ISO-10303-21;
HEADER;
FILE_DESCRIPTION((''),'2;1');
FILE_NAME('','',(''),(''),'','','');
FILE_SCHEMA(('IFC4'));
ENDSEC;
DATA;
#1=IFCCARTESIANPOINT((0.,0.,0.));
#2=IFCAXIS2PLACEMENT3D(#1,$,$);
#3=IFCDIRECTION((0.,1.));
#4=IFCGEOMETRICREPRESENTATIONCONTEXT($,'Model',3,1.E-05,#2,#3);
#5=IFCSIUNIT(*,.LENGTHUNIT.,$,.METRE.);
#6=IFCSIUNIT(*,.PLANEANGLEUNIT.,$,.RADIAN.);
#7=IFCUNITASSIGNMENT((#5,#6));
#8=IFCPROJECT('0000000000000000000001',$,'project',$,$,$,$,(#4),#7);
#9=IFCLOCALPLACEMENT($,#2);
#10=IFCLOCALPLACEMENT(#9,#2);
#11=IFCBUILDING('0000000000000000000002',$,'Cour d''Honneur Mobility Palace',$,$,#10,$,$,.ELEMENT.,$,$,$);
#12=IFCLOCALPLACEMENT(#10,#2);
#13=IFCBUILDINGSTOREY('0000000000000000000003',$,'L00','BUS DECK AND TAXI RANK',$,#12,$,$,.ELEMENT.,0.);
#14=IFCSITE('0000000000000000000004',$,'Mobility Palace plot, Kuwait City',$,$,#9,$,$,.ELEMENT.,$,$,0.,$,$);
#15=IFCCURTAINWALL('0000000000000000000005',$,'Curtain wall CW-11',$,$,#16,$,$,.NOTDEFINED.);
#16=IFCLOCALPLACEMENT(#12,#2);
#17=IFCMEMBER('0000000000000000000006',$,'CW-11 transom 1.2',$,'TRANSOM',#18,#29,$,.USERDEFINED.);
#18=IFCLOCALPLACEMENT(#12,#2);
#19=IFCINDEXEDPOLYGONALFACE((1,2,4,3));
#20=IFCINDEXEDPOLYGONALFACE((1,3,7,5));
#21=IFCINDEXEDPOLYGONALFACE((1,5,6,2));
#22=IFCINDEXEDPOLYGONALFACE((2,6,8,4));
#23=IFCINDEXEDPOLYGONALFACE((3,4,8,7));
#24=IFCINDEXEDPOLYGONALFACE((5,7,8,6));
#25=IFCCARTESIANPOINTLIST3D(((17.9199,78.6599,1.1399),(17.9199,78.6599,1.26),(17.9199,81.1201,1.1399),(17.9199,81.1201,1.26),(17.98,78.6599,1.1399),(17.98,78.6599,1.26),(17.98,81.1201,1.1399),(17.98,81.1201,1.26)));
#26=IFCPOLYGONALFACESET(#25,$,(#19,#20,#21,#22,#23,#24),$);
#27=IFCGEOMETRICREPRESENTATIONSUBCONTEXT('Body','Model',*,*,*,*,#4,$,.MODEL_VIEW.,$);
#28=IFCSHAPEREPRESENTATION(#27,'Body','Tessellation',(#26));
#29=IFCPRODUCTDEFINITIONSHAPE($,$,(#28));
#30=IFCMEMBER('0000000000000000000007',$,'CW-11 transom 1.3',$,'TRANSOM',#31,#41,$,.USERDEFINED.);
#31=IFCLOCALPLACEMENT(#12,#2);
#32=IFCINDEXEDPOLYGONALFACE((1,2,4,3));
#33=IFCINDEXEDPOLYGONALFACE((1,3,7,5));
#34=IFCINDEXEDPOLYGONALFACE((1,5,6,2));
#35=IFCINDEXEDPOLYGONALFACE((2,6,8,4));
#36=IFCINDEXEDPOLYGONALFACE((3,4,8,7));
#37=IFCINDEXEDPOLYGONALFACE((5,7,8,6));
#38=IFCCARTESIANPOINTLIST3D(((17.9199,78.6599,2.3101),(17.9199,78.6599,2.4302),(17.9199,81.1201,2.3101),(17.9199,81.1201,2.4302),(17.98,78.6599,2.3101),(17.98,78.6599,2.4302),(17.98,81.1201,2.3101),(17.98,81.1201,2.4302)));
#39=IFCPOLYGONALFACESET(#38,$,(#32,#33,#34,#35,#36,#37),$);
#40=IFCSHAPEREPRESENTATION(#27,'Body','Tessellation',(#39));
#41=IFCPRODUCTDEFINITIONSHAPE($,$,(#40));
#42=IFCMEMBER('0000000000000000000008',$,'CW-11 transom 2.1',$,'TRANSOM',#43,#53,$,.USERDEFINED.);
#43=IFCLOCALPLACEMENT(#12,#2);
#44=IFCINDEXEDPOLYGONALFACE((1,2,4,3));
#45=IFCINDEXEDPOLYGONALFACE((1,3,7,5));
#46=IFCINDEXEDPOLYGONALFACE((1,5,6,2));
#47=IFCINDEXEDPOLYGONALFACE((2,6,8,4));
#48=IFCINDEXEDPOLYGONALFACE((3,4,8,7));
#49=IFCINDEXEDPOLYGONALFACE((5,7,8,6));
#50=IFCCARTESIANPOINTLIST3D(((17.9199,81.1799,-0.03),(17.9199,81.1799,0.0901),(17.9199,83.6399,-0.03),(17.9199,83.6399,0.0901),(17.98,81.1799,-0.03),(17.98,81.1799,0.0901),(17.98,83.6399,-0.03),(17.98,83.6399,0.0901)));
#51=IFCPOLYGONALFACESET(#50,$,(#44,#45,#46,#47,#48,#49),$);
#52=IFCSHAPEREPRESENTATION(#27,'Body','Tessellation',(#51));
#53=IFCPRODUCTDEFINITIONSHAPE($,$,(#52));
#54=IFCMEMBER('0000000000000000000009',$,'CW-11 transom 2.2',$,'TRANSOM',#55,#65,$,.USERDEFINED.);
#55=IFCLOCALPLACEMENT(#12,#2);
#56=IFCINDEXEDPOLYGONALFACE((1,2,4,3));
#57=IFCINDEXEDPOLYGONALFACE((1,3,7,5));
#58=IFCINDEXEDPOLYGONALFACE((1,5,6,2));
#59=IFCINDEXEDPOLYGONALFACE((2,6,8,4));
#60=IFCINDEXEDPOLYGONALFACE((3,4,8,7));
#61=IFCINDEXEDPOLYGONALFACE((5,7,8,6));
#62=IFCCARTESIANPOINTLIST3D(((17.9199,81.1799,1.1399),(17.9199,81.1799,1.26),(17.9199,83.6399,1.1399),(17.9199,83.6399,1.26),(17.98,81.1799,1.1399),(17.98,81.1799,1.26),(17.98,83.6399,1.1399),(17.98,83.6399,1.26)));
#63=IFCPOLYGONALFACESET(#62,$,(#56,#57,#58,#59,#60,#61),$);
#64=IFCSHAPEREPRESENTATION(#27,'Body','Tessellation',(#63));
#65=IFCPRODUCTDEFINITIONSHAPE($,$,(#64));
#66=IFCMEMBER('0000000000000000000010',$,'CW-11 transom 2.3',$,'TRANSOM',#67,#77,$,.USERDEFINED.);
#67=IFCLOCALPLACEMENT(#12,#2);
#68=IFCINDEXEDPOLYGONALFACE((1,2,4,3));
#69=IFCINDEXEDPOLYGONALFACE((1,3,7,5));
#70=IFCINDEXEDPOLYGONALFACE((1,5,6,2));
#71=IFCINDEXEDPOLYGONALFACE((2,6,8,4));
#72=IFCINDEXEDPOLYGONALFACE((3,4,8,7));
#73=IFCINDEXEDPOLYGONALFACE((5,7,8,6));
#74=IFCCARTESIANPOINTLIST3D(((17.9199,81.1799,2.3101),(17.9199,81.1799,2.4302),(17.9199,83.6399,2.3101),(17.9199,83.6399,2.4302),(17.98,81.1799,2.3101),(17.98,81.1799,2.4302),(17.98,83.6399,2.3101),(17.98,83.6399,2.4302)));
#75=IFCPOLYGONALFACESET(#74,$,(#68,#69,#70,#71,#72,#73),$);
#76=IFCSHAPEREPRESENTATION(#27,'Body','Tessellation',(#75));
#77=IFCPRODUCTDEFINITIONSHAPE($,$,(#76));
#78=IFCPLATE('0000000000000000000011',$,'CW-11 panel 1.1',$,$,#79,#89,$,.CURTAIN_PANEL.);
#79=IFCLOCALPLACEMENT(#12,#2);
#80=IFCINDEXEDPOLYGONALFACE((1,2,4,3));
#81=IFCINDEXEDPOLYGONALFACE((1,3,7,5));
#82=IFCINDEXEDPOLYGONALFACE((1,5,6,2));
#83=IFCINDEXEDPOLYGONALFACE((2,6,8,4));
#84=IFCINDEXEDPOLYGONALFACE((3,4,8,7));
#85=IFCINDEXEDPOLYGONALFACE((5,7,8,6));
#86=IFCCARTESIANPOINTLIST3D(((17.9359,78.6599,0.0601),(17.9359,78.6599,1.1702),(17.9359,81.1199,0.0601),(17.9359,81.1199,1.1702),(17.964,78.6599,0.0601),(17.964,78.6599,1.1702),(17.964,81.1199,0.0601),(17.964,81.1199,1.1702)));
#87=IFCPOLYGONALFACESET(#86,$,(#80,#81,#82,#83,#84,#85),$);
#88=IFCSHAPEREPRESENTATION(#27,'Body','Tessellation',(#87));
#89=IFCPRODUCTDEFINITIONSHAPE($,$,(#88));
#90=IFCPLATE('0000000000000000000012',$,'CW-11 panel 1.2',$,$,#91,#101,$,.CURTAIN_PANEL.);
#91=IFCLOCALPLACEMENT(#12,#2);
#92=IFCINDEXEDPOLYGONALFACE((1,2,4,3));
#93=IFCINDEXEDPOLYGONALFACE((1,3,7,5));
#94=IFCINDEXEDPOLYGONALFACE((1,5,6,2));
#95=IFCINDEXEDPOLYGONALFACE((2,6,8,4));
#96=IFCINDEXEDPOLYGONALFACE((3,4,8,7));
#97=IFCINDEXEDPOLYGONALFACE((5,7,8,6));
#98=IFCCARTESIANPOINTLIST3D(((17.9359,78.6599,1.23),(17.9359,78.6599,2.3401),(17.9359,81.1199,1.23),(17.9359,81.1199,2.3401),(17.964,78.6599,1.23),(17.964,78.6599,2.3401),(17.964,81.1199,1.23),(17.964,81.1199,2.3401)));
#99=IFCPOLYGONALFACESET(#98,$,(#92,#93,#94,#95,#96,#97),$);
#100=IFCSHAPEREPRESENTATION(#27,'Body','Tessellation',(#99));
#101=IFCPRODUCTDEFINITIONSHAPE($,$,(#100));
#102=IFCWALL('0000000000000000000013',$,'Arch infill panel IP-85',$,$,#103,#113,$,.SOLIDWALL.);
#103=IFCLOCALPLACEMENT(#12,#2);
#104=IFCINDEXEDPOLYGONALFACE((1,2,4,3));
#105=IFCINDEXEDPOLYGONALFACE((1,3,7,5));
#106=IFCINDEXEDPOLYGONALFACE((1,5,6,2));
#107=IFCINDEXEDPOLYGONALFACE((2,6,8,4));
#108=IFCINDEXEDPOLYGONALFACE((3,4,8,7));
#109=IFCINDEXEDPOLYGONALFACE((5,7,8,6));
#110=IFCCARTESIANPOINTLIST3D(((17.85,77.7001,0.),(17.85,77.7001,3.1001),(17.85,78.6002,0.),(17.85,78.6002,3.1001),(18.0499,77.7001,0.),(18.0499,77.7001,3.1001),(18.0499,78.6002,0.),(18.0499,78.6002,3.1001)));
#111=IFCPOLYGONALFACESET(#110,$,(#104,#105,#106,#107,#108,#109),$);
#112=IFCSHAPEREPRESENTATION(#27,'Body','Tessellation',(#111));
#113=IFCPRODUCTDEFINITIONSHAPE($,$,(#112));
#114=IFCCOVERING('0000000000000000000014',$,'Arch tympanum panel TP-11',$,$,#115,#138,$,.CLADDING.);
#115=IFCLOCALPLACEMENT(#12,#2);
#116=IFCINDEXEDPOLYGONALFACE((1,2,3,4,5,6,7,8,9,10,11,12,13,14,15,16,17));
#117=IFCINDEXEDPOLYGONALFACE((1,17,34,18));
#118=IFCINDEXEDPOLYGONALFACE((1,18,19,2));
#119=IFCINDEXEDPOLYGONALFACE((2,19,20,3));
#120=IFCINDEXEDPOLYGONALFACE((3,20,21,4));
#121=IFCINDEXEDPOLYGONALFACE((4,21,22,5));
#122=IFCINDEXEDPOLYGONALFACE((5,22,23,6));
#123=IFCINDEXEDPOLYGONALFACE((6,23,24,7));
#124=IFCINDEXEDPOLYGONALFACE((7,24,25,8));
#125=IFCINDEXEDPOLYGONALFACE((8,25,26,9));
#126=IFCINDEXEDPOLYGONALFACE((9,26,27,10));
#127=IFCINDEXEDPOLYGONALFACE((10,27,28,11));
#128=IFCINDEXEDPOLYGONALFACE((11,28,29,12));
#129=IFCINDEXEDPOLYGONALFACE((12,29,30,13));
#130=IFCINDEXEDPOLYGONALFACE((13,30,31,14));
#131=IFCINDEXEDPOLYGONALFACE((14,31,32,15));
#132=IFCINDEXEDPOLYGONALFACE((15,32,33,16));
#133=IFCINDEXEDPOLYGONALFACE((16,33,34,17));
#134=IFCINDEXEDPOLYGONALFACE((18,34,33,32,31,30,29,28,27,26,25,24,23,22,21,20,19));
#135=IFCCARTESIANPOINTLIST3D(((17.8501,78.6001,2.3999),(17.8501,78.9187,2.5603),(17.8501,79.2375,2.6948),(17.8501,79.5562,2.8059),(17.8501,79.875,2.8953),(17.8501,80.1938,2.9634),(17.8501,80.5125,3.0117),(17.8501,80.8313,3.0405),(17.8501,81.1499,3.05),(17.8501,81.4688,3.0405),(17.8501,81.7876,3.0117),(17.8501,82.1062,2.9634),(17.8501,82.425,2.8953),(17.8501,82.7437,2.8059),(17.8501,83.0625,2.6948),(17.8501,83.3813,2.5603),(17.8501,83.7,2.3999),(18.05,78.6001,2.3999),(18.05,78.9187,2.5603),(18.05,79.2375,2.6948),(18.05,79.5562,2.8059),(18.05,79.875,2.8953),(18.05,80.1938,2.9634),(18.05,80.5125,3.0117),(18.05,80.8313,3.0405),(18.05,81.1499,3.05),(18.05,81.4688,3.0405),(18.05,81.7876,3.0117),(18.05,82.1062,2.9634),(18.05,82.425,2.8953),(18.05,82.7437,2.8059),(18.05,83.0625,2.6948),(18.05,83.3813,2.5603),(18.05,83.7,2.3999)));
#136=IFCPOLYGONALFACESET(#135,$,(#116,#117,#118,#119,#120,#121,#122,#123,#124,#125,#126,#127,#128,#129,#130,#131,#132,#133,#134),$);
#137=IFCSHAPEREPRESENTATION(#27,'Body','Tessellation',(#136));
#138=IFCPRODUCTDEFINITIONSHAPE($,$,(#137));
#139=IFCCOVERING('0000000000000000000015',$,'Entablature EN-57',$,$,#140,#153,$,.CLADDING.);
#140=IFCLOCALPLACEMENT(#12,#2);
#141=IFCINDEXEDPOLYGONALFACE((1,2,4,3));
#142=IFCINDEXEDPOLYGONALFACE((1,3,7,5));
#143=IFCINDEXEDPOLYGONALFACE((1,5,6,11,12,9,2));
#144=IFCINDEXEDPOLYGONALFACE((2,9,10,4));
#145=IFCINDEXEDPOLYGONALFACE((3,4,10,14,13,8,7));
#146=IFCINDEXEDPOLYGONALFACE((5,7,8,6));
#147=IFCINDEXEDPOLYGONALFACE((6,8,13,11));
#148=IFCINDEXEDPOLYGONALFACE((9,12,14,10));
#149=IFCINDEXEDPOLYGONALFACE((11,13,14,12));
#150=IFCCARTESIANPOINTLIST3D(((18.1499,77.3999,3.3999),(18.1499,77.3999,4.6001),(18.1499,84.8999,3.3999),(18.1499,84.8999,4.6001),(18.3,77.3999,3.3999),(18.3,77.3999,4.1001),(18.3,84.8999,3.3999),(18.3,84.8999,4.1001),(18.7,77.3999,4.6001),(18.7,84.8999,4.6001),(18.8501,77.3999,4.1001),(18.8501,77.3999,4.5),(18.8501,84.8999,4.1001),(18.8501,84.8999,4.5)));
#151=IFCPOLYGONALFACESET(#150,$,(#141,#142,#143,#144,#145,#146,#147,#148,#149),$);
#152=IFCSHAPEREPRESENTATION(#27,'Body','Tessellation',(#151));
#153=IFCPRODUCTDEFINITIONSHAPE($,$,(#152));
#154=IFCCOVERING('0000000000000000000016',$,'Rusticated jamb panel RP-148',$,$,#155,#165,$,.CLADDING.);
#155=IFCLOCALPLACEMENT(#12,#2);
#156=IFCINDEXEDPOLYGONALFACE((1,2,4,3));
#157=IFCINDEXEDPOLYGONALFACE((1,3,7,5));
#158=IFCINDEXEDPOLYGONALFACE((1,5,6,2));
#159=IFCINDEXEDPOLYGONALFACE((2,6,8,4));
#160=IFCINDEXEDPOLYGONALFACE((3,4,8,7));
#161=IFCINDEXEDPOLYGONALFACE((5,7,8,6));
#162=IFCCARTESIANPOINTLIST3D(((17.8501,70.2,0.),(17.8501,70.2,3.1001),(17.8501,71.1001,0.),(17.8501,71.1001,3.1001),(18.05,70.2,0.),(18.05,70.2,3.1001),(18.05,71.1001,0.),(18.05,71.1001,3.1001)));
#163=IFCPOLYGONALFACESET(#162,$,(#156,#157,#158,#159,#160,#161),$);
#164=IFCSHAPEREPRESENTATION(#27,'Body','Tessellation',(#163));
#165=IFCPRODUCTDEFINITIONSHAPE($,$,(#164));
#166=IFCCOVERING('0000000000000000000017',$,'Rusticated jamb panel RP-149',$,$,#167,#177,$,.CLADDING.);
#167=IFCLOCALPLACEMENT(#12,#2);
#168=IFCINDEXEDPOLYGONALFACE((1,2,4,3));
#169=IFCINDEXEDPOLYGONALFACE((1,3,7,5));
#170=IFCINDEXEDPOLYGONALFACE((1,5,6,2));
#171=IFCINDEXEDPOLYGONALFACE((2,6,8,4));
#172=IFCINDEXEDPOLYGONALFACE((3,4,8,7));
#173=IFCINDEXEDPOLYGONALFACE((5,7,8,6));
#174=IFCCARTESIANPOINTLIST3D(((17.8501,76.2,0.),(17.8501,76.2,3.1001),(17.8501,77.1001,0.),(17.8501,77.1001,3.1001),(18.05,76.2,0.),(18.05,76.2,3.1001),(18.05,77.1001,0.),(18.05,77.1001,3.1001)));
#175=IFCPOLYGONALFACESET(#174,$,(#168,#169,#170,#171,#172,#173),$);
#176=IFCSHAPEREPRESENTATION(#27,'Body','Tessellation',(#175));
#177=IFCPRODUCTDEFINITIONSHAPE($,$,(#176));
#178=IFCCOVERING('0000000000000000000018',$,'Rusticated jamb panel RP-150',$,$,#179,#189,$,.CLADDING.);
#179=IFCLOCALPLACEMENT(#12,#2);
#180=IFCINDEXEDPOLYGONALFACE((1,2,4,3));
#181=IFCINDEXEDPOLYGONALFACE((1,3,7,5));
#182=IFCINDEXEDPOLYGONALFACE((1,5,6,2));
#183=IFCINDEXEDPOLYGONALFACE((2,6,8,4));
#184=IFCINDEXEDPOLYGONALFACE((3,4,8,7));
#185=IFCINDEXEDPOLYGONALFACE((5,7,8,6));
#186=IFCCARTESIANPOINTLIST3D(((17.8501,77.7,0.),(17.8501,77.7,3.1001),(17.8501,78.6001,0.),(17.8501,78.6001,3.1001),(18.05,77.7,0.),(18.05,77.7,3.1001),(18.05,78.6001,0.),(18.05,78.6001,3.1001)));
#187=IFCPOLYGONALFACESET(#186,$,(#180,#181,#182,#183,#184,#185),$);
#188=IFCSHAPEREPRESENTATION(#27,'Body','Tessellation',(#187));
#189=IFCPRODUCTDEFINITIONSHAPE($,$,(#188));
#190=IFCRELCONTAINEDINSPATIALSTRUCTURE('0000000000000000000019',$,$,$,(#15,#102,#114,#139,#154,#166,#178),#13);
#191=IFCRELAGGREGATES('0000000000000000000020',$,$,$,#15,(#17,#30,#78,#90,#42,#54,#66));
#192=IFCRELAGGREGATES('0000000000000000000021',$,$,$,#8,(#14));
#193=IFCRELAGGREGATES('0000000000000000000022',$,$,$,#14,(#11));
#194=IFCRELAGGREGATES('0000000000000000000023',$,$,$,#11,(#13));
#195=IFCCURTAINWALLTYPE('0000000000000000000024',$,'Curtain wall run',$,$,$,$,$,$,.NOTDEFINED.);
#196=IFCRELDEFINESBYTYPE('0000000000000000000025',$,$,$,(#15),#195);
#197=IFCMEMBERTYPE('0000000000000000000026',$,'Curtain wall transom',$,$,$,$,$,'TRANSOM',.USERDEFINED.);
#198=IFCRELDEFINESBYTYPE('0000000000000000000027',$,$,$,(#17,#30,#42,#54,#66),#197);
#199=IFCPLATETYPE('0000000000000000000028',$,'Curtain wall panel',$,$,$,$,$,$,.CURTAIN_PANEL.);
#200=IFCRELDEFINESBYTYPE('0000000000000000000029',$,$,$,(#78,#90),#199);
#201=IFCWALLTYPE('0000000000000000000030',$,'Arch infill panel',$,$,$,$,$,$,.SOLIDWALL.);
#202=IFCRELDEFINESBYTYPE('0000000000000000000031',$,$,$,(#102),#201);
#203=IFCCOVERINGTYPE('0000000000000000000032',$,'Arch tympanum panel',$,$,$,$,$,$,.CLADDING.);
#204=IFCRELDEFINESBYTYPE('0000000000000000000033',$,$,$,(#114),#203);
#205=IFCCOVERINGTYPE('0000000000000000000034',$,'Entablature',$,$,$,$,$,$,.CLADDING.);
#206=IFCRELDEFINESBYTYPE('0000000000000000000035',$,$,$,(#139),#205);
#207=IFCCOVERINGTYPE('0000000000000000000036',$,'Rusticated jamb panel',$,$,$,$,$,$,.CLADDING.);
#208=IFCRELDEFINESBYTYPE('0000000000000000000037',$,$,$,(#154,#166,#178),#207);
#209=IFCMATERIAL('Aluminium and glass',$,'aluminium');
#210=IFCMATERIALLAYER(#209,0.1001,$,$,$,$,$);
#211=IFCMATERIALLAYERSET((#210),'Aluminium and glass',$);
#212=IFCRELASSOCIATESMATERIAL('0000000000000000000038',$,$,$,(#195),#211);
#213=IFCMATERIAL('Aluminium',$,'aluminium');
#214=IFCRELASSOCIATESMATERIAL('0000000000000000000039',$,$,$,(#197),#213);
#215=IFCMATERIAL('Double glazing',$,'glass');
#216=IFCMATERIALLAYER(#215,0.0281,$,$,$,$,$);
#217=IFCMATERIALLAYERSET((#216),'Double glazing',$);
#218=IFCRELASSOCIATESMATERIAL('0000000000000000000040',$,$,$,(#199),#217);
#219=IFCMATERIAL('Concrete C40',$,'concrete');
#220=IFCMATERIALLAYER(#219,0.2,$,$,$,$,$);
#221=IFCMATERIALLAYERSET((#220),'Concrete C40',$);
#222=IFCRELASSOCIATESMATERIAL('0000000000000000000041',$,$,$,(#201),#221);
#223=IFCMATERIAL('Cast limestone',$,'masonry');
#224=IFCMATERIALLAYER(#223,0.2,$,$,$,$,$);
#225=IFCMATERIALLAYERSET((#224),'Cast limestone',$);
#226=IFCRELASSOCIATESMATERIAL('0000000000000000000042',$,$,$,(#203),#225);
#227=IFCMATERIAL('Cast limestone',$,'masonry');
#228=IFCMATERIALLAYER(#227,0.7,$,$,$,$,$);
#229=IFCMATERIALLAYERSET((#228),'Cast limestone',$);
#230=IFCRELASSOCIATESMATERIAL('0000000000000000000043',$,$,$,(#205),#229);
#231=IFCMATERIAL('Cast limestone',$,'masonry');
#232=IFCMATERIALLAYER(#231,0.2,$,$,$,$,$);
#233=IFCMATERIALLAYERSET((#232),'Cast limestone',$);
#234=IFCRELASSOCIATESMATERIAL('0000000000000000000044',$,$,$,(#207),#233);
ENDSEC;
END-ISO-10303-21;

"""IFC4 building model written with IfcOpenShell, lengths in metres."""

from ifc_helpers import new_model, si_unit, direction, frame, frame_2d, origin, origin_2d, place, context, subcontext, project, spatial, polyline, rectangle, outline, extrude, material, layer, layer_set, material_profile, profile_set, type_object, element, aggregate, save


model = new_model("IFC4")

# Units and contexts
model_context = context("Model", 3, precision=1e-05, world=origin(), true_north=direction((0.0, 1.0)))
body_context = subcontext(model_context, "Body", "Model", "MODEL_VIEW")
ifc_project = project(units=[si_unit("LENGTHUNIT", "METRE"), si_unit("PLANEANGLEUNIT", "RADIAN")], contexts=[model_context])

# Site, building, storey
site_placement = place(None, origin())
site = spatial("IfcSite", under=ifc_project, at=site_placement, Name="Mobility Palace plot, Kuwait City", CompositionType="ELEMENT", RefElevation=0.0)
building_placement = place(site_placement, origin())
building = spatial("IfcBuilding", under=site, at=building_placement, Name="Cour d'Honneur Mobility Palace", CompositionType="ELEMENT")
storey_placement = place(building_placement, origin())
storey = spatial("IfcBuildingStorey", under=building, at=storey_placement, Name="L00", Description="BUS DECK AND TAXI RANK", CompositionType="ELEMENT", Elevation=0.0)

# Curtain wall, members, plates
ifc_material_1 = material(Name="Aluminium and glass", Category="aluminium")
ifc_layer_1 = layer(ifc_material_1, 0.1001)
ifc_layer_set_1 = layer_set([ifc_layer_1], Name="Aluminium and glass")
curtain_wall_type = type_object("IfcCurtainWallType", Name="Curtain wall run", PredefinedType="NOTDEFINED", material=ifc_layer_set_1)
curtain_wall_placement = place(storey_placement, origin())
curtain_wall = element("IfcCurtainWall", 1, at=curtain_wall_placement, inside=storey, type_object=curtain_wall_type, Name="Curtain wall CW-11", PredefinedType="NOTDEFINED")
ifc_material_2 = material(Name="Aluminium", Category="aluminium")
ifc_material_profile_1 = material_profile(ifc_material_2, rectangle(XDim=0.0601, YDim=0.1201, at=origin_2d()), Name="Curtain wall transom")
ifc_profile_set_1 = profile_set([ifc_material_profile_1], Name="Aluminium")
member_type_1 = type_object("IfcMemberType", Name="Curtain wall transom", ElementType="TRANSOM", PredefinedType="USERDEFINED", material=ifc_profile_set_1)
member_1_placement = place(storey_placement, frame((17.95, 78.6599, 1.2), z_axis=(0.0, 1.0, 0.0), x_axis=(-1.0, 0.0, 0.0)))
member_1 = element("IfcMember", 2, at=member_1_placement, type_object=member_type_1, Name="CW-11 transom 1.2", ObjectType="TRANSOM", PredefinedType="USERDEFINED", context=body_context, shape_type="SweptSolid", body=[
    extrude(rectangle(XDim=0.0601, YDim=0.1201, at=origin_2d()), origin(), (0.0, 0.0, 1.0), 2.4602),
])
member_2_placement = place(storey_placement, frame((17.95, 78.6599, 2.3701), z_axis=(0.0, 1.0, 0.0), x_axis=(-1.0, 0.0, 0.0)))
member_2 = element("IfcMember", 3, at=member_2_placement, type_object=member_type_1, Name="CW-11 transom 1.3", ObjectType="TRANSOM", PredefinedType="USERDEFINED", context=body_context, shape_type="SweptSolid", body=[
    extrude(rectangle(XDim=0.0601, YDim=0.1201, at=origin_2d()), origin(), (0.0, 0.0, 1.0), 2.4602),
])
member_3_placement = place(storey_placement, frame((17.95, 81.1799, 0.03), z_axis=(0.0, 1.0, 0.0), x_axis=(-1.0, 0.0, 0.0)))
member_3 = element("IfcMember", 4, at=member_3_placement, type_object=member_type_1, Name="CW-11 transom 2.1", ObjectType="TRANSOM", PredefinedType="USERDEFINED", context=body_context, shape_type="SweptSolid", body=[
    extrude(rectangle(XDim=0.0601, YDim=0.1201, at=origin_2d()), origin(), (0.0, 0.0, 1.0), 2.46),
])
member_4_placement = place(storey_placement, frame((17.95, 81.1799, 1.2), z_axis=(0.0, 1.0, 0.0), x_axis=(-1.0, 0.0, 0.0)))
member_4 = element("IfcMember", 5, at=member_4_placement, type_object=member_type_1, Name="CW-11 transom 2.2", ObjectType="TRANSOM", PredefinedType="USERDEFINED", context=body_context, shape_type="SweptSolid", body=[
    extrude(rectangle(XDim=0.0601, YDim=0.1201, at=origin_2d()), origin(), (0.0, 0.0, 1.0), 2.46),
])
member_5_placement = place(storey_placement, frame((17.95, 81.1799, 2.3701), z_axis=(0.0, 1.0, 0.0), x_axis=(-1.0, 0.0, 0.0)))
member_5 = element("IfcMember", 6, at=member_5_placement, type_object=member_type_1, Name="CW-11 transom 2.3", ObjectType="TRANSOM", PredefinedType="USERDEFINED", context=body_context, shape_type="SweptSolid", body=[
    extrude(rectangle(XDim=0.0601, YDim=0.1201, at=origin_2d()), origin(), (0.0, 0.0, 1.0), 2.46),
])
ifc_material_3 = material(Name="Double glazing", Category="glass")
ifc_layer_2 = layer(ifc_material_3, 0.0281)
ifc_layer_set_2 = layer_set([ifc_layer_2], Name="Double glazing")
plate_type = type_object("IfcPlateType", Name="Curtain wall panel", PredefinedType="CURTAIN_PANEL", material=ifc_layer_set_2)
plate_1_placement = place(storey_placement, frame((17.95, 79.8899, 0.0601), z_axis=(0.0, 0.0, 1.0), x_axis=(0.0, 1.0, 0.0)))
plate_1 = element("IfcPlate", 7, at=plate_1_placement, type_object=plate_type, Name="CW-11 panel 1.1", PredefinedType="CURTAIN_PANEL", context=body_context, shape_type="SweptSolid", body=[
    extrude(rectangle(XDim=2.46, YDim=0.0281, at=origin_2d()), origin(), (0.0, 0.0, 1.0), 1.1101),
])
plate_2_placement = place(storey_placement, frame((17.95, 79.8899, 1.23), z_axis=(0.0, 0.0, 1.0), x_axis=(0.0, 1.0, 0.0)))
plate_2 = element("IfcPlate", 8, at=plate_2_placement, type_object=plate_type, Name="CW-11 panel 1.2", PredefinedType="CURTAIN_PANEL", context=body_context, shape_type="SweptSolid", body=[
    extrude(rectangle(XDim=2.46, YDim=0.0281, at=origin_2d()), origin(), (0.0, 0.0, 1.0), 1.1101),
])
aggregate(curtain_wall, [member_1, member_2, plate_1, plate_2, member_3, member_4, member_5])

# Wall
ifc_material_4 = material(Name="Concrete C40", Category="concrete")
ifc_layer_3 = layer(ifc_material_4, 0.2)
ifc_layer_set_3 = layer_set([ifc_layer_3], Name="Concrete C40")
wall_type = type_object("IfcWallType", Name="Arch infill panel", PredefinedType="SOLIDWALL", material=ifc_layer_set_3)
wall_placement = place(storey_placement, frame((17.95, 77.7, 0.0), z_axis=(0.0, 0.0, 1.0), x_axis=(0.0, 1.0, 0.0)))
element("IfcWall", 9, at=wall_placement, inside=storey, type_object=wall_type, Name="Arch infill panel IP-85", PredefinedType="SOLIDWALL", context=body_context, shape_type="SweptSolid", body=[
    extrude(rectangle(XDim=0.9001, YDim=0.2, at=frame_2d((0.4502, 0.0))), origin(), (0.0, 0.0, 1.0), 3.1001),
])

# Coverings
ifc_material_5 = material(Name="Cast limestone", Category="masonry")
ifc_layer_4 = layer(ifc_material_5, 0.2)
ifc_layer_set_4 = layer_set([ifc_layer_4], Name="Cast limestone")
covering_type_1 = type_object("IfcCoveringType", Name="Arch tympanum panel", PredefinedType="CLADDING", material=ifc_layer_set_4)
covering_1_placement = place(storey_placement, frame((18.05, 78.6001, 2.3999), z_axis=(1.0, 0.0, 0.0), x_axis=(0.0, 1.0, 0.0)))
element("IfcCovering", 10, at=covering_1_placement, inside=storey, type_object=covering_type_1, Name="Arch tympanum panel TP-11", PredefinedType="CLADDING", context=body_context, shape_type="SweptSolid", body=[
    extrude(outline(polyline([(0.0, 0.0), (5.0999, 0.0), (5.0999, 0.0), (4.7812, 0.1604), (4.4624, 0.2949), (4.1436, 0.406), (3.825, 0.4954), (3.5061, 0.5635), (3.1875, 0.6118), (2.8687, 0.6406), (2.5498, 0.6501), (2.2312, 0.6406), (1.9124, 0.6118), (1.5938, 0.5635), (1.2749, 0.4954), (0.9561, 0.406), (0.6375, 0.2949), (0.3186, 0.1604), (0.0, 0.0), (0.0, 0.0)])), origin(), (0.0, 0.0, -1.0), 0.2),
])
ifc_material_6 = material(Name="Cast limestone", Category="masonry")
ifc_layer_5 = layer(ifc_material_6, 0.7)
ifc_layer_set_5 = layer_set([ifc_layer_5], Name="Cast limestone")
covering_type_2 = type_object("IfcCoveringType", Name="Entablature", PredefinedType="CLADDING", material=ifc_layer_set_5)
covering_2_placement = place(storey_placement, frame((18.1499, 77.3999, 3.3999), z_axis=(0.0, -1.0, 0.0), x_axis=(1.0, 0.0, 0.0)))
element("IfcCovering", 11, at=covering_2_placement, inside=storey, type_object=covering_type_2, Name="Entablature EN-57", PredefinedType="CLADDING", context=body_context, shape_type="SweptSolid", body=[
    extrude(outline(polyline([(0.0, 0.0), (0.1501, 0.0), (0.1501, 0.7002), (0.7002, 0.7002), (0.7002, 1.1001), (0.55, 1.2002), (0.0, 1.2002), (0.0, 0.0)])), origin(), (0.0, 0.0, -1.0), 7.5),
])
ifc_material_7 = material(Name="Cast limestone", Category="masonry")
ifc_layer_6 = layer(ifc_material_7, 0.2)
ifc_layer_set_6 = layer_set([ifc_layer_6], Name="Cast limestone")
covering_type_3 = type_object("IfcCoveringType", Name="Rusticated jamb panel", PredefinedType="CLADDING", material=ifc_layer_set_6)
for number, where, z_axis, x_axis, name in (
    (12, (18.05, 70.2, 0.0), (1.0, 0.0, 0.0), (0.0, 1.0, 0.0), "Rusticated jamb panel RP-148"),
    (13, (18.05, 76.2, 0.0), (1.0, 0.0, 0.0), (0.0, 1.0, 0.0), "Rusticated jamb panel RP-149"),
    (14, (18.05, 77.7, 0.0), (1.0, 0.0, 0.0), (0.0, 1.0, 0.0), "Rusticated jamb panel RP-150"),
):
    element("IfcCovering", number, at=place(storey_placement, frame(where, z_axis=z_axis, x_axis=x_axis)), inside=storey, type_object=covering_type_3, Name=name, PredefinedType="CLADDING", context=body_context, shape_type="SweptSolid", body=[
        extrude(outline(polyline([(0.0, 0.0), (0.9001, 0.0), (0.9001, 3.1001), (0.0, 3.1001), (0.0, 0.0)])), origin(), (0.0, 0.0, -1.0), 0.2),
    ])

save(model, "model.ifc")
